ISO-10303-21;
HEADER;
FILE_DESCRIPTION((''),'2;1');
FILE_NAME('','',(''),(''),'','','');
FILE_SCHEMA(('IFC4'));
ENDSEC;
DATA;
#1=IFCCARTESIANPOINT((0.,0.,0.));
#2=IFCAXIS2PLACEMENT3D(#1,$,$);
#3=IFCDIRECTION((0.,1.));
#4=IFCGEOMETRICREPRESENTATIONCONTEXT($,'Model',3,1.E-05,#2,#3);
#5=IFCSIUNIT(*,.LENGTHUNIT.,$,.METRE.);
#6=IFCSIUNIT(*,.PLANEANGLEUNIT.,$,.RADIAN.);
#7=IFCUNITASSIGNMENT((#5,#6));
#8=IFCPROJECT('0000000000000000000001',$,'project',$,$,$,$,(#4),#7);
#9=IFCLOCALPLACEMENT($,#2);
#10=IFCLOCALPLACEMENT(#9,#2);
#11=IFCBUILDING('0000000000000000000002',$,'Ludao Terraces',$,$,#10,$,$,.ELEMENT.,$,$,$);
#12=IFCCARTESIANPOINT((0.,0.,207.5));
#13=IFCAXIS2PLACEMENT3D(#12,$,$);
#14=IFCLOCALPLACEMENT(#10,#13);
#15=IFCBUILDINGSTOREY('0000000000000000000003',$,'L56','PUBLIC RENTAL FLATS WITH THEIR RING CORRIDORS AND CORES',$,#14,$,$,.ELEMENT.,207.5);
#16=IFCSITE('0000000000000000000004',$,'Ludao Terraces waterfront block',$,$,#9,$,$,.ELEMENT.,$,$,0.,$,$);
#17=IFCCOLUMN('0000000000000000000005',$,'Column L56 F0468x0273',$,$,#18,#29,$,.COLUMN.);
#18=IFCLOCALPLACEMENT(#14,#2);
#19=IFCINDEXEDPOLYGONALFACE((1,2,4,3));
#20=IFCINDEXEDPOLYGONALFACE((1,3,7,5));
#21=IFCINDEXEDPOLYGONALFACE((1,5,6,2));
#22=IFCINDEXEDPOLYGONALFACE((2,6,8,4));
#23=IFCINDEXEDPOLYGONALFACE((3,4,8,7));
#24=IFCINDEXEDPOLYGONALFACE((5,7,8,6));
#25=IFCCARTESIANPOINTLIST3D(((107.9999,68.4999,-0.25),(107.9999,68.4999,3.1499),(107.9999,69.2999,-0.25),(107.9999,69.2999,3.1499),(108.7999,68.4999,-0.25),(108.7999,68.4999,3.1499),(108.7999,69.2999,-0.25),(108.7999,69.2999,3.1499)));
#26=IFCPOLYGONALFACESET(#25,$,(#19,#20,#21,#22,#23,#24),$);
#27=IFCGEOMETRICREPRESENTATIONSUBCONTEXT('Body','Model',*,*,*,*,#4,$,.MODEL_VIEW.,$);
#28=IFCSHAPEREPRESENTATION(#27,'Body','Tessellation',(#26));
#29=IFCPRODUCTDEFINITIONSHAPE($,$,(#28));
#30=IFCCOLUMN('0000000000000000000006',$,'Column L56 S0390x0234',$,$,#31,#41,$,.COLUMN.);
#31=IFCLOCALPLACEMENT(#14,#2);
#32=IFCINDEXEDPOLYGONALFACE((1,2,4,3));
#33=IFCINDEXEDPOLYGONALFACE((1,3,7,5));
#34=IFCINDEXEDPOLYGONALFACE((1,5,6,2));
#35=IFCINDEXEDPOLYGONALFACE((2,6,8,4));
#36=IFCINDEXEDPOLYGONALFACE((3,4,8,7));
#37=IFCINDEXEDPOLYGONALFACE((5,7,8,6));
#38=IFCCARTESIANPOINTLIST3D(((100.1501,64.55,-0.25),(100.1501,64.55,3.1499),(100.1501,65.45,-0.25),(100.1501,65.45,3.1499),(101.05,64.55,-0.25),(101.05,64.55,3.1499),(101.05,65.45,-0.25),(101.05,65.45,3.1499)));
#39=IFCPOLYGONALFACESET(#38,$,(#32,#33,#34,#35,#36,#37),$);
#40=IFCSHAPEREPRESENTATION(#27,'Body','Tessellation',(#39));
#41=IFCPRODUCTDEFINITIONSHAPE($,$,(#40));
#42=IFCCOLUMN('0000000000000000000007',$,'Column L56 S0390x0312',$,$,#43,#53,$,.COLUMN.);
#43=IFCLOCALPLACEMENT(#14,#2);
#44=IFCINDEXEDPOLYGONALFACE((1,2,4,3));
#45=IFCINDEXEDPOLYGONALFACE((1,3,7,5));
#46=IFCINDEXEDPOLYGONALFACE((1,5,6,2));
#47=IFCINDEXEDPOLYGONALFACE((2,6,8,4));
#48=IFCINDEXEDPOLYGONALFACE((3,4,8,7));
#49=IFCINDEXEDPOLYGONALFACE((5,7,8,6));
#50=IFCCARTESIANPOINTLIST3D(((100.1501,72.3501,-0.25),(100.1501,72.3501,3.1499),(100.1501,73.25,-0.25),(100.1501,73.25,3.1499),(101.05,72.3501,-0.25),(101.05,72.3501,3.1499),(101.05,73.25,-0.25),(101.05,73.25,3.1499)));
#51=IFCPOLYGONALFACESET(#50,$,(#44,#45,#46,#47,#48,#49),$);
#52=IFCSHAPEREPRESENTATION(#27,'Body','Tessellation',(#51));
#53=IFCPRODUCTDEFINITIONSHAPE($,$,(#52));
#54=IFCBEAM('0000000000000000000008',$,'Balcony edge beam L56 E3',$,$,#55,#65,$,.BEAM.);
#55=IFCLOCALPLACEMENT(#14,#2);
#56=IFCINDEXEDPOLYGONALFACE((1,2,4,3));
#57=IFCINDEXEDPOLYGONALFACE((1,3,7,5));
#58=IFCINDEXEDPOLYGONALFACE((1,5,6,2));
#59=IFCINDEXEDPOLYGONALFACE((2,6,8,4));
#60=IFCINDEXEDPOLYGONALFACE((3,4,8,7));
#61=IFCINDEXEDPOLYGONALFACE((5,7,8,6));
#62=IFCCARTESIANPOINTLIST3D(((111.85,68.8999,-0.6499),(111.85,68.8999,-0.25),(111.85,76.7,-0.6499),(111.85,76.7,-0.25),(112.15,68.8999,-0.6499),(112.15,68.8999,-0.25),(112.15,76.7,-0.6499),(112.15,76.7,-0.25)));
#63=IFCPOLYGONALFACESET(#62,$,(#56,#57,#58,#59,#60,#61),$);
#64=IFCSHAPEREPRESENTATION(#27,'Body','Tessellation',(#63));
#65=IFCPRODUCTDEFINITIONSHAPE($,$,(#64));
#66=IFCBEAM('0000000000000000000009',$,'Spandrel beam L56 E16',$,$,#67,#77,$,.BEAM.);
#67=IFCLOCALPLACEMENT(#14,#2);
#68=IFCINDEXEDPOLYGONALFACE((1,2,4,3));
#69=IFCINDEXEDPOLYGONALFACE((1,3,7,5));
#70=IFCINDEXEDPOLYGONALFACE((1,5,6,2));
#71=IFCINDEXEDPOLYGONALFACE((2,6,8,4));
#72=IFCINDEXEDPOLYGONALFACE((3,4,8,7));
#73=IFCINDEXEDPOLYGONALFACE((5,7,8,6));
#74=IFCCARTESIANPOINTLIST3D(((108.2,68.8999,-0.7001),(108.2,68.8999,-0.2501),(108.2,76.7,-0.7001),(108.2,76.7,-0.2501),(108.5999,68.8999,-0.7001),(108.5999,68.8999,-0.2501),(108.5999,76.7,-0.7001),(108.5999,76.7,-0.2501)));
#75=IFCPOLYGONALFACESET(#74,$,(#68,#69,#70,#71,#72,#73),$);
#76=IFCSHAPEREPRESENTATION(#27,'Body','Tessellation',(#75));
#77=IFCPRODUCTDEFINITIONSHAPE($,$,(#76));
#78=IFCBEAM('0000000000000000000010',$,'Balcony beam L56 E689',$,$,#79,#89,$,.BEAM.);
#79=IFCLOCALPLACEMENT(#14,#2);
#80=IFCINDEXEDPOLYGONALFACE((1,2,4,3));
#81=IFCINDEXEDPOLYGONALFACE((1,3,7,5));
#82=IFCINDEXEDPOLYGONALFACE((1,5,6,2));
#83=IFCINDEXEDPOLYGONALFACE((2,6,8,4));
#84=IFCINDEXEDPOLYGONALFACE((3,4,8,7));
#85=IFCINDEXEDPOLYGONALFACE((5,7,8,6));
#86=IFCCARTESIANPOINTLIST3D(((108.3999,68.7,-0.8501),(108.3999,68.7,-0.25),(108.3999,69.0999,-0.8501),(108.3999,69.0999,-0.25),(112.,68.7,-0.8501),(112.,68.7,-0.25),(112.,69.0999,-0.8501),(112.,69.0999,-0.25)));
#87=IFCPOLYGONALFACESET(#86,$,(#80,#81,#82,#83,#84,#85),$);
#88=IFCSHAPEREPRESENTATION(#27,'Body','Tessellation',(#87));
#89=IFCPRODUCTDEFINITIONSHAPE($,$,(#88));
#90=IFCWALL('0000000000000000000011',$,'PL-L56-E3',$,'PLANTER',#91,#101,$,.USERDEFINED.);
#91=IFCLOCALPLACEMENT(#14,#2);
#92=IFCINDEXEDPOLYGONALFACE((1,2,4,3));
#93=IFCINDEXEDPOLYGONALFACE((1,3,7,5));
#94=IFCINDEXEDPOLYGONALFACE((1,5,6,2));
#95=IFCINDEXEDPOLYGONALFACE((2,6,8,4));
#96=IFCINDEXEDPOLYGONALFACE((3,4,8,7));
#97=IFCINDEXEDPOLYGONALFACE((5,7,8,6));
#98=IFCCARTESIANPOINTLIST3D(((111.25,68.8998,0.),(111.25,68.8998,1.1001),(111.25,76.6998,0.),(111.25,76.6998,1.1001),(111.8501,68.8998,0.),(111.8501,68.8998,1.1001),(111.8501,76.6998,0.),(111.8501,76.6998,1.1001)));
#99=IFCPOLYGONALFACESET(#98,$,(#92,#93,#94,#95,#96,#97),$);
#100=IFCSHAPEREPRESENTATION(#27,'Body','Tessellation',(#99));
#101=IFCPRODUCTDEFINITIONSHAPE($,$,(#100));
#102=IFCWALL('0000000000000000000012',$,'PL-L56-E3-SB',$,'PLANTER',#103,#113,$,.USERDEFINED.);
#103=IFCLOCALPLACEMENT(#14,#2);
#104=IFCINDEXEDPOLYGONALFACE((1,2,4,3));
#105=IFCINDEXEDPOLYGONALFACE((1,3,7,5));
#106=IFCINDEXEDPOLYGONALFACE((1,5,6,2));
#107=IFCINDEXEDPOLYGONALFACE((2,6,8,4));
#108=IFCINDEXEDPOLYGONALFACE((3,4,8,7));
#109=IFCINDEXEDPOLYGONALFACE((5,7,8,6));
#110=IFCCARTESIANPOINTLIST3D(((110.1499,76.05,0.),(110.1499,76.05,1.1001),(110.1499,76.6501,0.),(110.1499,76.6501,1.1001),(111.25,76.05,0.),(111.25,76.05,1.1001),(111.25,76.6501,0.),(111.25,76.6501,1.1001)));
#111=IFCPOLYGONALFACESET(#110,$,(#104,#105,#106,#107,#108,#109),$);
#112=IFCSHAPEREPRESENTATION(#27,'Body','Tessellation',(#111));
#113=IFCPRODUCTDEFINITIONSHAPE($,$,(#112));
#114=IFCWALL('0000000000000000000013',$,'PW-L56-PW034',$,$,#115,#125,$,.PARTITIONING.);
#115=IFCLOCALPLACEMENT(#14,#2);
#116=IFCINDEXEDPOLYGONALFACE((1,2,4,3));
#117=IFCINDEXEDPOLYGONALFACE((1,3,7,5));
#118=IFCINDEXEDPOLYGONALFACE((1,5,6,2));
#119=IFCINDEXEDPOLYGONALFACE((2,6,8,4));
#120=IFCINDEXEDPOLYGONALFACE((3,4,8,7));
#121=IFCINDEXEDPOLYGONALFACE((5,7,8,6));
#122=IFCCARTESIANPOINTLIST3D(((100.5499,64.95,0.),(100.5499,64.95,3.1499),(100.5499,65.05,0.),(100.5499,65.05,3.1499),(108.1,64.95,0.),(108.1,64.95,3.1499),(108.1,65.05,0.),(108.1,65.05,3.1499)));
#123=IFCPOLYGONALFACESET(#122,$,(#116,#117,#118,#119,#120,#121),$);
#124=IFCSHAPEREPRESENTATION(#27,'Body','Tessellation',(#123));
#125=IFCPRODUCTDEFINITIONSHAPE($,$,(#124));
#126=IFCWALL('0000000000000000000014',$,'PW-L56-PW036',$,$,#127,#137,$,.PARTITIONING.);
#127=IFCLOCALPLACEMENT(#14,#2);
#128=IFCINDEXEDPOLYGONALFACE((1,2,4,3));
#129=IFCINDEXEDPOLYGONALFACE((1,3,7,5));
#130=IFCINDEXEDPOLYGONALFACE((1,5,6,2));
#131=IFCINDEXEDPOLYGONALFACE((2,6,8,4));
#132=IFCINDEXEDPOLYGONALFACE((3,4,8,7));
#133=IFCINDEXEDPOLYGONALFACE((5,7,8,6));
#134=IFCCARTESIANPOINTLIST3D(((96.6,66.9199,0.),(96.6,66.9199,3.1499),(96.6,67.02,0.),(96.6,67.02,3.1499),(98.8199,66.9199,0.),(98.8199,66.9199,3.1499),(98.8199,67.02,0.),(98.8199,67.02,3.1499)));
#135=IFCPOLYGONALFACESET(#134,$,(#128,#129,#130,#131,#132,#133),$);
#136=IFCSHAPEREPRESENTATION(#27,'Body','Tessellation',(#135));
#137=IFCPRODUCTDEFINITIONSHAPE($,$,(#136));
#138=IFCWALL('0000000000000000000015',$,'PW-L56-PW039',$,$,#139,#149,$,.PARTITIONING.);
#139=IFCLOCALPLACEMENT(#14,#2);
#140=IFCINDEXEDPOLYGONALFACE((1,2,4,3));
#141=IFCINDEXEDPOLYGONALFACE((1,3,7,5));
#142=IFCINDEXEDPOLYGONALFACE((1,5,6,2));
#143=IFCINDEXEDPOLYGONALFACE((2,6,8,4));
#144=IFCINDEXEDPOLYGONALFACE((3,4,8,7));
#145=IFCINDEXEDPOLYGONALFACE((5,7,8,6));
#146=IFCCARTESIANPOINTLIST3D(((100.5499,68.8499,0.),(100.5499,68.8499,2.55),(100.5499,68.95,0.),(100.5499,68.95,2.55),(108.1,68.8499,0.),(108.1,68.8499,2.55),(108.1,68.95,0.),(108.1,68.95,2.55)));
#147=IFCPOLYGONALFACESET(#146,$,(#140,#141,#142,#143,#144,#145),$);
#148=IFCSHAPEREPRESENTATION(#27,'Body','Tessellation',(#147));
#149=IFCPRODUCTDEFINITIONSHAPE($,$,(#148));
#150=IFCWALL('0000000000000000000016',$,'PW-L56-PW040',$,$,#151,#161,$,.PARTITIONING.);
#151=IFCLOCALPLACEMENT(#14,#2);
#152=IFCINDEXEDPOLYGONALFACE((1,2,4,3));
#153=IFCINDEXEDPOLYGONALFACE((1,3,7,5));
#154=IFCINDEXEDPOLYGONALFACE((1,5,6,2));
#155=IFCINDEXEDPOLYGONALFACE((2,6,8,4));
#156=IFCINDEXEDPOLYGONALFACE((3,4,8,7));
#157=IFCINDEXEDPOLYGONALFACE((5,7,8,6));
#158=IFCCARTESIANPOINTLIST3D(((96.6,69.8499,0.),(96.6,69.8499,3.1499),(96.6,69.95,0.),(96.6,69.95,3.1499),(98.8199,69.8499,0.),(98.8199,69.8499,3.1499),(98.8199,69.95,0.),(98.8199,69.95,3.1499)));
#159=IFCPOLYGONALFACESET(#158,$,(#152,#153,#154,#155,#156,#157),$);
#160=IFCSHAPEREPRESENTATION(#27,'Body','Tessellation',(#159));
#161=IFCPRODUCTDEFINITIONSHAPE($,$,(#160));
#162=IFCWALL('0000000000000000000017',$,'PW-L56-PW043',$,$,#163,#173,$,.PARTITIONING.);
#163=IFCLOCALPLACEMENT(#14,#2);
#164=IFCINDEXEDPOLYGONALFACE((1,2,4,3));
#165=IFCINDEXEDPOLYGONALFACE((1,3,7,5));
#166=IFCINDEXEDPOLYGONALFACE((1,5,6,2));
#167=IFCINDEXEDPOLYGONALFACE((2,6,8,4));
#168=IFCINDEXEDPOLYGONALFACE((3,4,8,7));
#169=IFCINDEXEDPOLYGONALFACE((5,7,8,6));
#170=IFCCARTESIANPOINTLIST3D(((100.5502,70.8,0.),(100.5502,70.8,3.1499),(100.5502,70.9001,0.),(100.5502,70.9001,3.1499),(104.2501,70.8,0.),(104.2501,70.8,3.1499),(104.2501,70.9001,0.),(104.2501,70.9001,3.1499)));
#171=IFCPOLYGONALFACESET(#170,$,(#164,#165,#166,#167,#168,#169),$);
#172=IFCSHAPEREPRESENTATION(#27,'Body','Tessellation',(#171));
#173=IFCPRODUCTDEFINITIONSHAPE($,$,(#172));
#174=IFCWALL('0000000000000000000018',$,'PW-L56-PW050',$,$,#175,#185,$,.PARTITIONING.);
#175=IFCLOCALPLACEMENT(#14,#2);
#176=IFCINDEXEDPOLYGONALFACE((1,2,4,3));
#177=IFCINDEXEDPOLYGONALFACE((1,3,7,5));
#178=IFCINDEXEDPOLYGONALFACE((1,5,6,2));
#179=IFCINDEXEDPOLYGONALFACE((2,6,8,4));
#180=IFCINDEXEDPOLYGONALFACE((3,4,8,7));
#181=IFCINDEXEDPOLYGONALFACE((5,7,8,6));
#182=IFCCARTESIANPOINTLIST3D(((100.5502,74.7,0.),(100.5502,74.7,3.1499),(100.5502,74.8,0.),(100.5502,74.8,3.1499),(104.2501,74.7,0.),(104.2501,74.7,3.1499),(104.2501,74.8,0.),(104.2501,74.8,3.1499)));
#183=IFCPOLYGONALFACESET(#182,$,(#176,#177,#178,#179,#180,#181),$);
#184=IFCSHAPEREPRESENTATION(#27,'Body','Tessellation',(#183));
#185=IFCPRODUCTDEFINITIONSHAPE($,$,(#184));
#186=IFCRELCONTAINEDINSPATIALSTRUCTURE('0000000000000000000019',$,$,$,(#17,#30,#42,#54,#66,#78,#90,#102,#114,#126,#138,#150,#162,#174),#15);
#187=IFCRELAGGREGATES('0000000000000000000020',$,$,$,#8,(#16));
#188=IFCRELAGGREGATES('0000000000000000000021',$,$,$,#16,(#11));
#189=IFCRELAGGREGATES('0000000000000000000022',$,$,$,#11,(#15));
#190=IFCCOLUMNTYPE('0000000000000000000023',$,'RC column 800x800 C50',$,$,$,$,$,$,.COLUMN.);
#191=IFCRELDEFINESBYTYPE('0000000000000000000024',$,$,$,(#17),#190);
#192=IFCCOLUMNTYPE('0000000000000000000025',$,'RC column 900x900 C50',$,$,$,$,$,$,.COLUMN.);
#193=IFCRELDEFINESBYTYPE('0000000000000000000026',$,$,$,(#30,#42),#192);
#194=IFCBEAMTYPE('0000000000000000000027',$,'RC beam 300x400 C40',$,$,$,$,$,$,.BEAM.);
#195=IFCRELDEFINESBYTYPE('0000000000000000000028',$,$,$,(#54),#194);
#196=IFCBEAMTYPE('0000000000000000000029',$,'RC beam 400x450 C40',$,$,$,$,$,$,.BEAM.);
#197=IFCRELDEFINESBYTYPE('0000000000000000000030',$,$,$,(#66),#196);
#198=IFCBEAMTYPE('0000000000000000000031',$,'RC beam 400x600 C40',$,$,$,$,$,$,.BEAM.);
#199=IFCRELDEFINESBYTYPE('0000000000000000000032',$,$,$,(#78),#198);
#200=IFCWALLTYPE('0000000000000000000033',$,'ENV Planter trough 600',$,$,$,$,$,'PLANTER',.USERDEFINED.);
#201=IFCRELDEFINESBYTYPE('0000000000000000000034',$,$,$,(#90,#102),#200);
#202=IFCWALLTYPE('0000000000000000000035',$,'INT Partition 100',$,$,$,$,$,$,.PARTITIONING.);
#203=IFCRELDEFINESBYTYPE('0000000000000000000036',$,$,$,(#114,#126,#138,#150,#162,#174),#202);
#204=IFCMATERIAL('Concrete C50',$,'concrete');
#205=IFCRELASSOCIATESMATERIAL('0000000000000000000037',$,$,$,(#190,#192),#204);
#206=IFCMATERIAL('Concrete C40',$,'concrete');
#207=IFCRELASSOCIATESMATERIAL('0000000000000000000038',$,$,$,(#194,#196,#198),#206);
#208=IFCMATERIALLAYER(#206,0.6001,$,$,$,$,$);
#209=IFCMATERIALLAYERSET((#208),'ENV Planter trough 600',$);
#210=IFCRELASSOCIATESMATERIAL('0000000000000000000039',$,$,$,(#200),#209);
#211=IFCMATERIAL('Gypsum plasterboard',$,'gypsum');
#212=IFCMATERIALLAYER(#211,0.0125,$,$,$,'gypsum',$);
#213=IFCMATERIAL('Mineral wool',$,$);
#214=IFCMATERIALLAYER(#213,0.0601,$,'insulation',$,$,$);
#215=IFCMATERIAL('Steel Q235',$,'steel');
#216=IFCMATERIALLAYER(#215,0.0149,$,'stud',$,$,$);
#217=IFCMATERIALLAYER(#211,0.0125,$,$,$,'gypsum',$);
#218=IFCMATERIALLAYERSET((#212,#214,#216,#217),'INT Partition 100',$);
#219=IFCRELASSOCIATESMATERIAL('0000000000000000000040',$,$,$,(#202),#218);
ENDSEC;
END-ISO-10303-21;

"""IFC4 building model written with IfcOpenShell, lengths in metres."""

from ifc_helpers import new_model, si_unit, direction, frame, frame_2d, origin, origin_2d, place, context, subcontext, project, spatial, rectangle, extrude, material, layer, layer_set, material_profile, profile_set, type_object, element, save


model = new_model("IFC4")

# Units and contexts
model_context = context("Model", 3, precision=1e-05, world=origin(), true_north=direction((0.0, 1.0)))
body_context = subcontext(model_context, "Body", "Model", "MODEL_VIEW")
ifc_project = project(units=[si_unit("LENGTHUNIT", "METRE"), si_unit("PLANEANGLEUNIT", "RADIAN")], contexts=[model_context])

# Site, building, storey
site_placement = place(None, origin())
site = spatial("IfcSite", under=ifc_project, at=site_placement, Name="Ludao Terraces waterfront block", CompositionType="ELEMENT", RefElevation=0.0)
building_placement = place(site_placement, origin())
building = spatial("IfcBuilding", under=site, at=building_placement, Name="Ludao Terraces", CompositionType="ELEMENT")
storey_placement = place(building_placement, frame((0.0, 0.0, 207.5)))
storey = spatial("IfcBuildingStorey", under=building, at=storey_placement, Name="L56", Description="PUBLIC RENTAL FLATS WITH THEIR RING CORRIDORS AND CORES", CompositionType="ELEMENT", Elevation=207.5)

# Columns
ifc_material_1 = material(Name="Concrete C50", Category="concrete")
ifc_material_profile_1 = material_profile(ifc_material_1, rectangle(XDim=0.8, YDim=0.8, at=origin_2d()), Name="800 X 800")
ifc_profile_set_1 = profile_set([ifc_material_profile_1], Name="Concrete C50")
column_type_1 = type_object("IfcColumnType", Name="RC column 800x800 C50", PredefinedType="COLUMN", material=ifc_profile_set_1)
column_placement = place(storey_placement, frame((108.3999, 68.8999, -0.25), z_axis=(0.0, 0.0, 1.0), x_axis=(1.0, 0.0, 0.0)))
element("IfcColumn", 1, at=column_placement, inside=storey, type_object=column_type_1, Name="Column L56 F0468x0273", PredefinedType="COLUMN", context=body_context, shape_type="SweptSolid", body=[
    extrude(rectangle(XDim=0.8, YDim=0.8, at=origin_2d()), origin(), (0.0, 0.0, 1.0), 3.3999),
])
ifc_material_profile_2 = material_profile(ifc_material_1, rectangle(XDim=0.8999, YDim=0.8999, at=origin_2d()), Name="900 X 900")
ifc_profile_set_2 = profile_set([ifc_material_profile_2], Name="Concrete C50")
column_type_2 = type_object("IfcColumnType", Name="RC column 900x900 C50", PredefinedType="COLUMN", material=ifc_profile_set_2)
for number, where, z_axis, x_axis, name in (
    (2, (100.6001, 65.0, -0.25), (0.0, 0.0, 1.0), (1.0, 0.0, 0.0), "Column L56 S0390x0234"),
    (3, (100.6001, 72.8, -0.25), (0.0, 0.0, 1.0), (1.0, 0.0, 0.0), "Column L56 S0390x0312"),
):
    element("IfcColumn", number, at=place(storey_placement, frame(where, z_axis=z_axis, x_axis=x_axis)), inside=storey, type_object=column_type_2, Name=name, PredefinedType="COLUMN", context=body_context, shape_type="SweptSolid", body=[
        extrude(rectangle(XDim=0.8999, YDim=0.8999, at=origin_2d()), origin(), (0.0, 0.0, 1.0), 3.3999),
    ])

# Beams
ifc_material_2 = material(Name="Concrete C40", Category="concrete")
ifc_material_profile_3 = material_profile(ifc_material_2, rectangle(XDim=0.3, YDim=0.3999, at=origin_2d()), Name="300 X 400")
ifc_profile_set_3 = profile_set([ifc_material_profile_3], Name="Concrete C40")
beam_type_1 = type_object("IfcBeamType", Name="RC beam 300x400 C40", PredefinedType="BEAM", material=ifc_profile_set_3)
beam_1_placement = place(storey_placement, frame((112.0, 68.8999, -0.45), z_axis=(0.0, 1.0, 0.0), x_axis=(-1.0, 0.0, 0.0)))
element("IfcBeam", 4, at=beam_1_placement, inside=storey, type_object=beam_type_1, Name="Balcony edge beam L56 E3", PredefinedType="BEAM", context=body_context, shape_type="SweptSolid", body=[
    extrude(rectangle(XDim=0.3, YDim=0.3999, at=origin_2d()), origin(), (0.0, 0.0, 1.0), 7.8),
])
ifc_material_profile_4 = material_profile(ifc_material_2, rectangle(XDim=0.3999, YDim=0.45, at=origin_2d()), Name="400 X 450")
ifc_profile_set_4 = profile_set([ifc_material_profile_4], Name="Concrete C40")
beam_type_2 = type_object("IfcBeamType", Name="RC beam 400x450 C40", PredefinedType="BEAM", material=ifc_profile_set_4)
beam_2_placement = place(storey_placement, frame((108.3999, 68.8999, -0.4751), z_axis=(0.0, 1.0, 0.0), x_axis=(-1.0, 0.0, 0.0)))
element("IfcBeam", 5, at=beam_2_placement, inside=storey, type_object=beam_type_2, Name="Spandrel beam L56 E16", PredefinedType="BEAM", context=body_context, shape_type="SweptSolid", body=[
    extrude(rectangle(XDim=0.3999, YDim=0.45, at=origin_2d()), origin(), (0.0, 0.0, 1.0), 7.8),
])
ifc_material_profile_5 = material_profile(ifc_material_2, rectangle(XDim=0.3999, YDim=0.6001, at=origin_2d()), Name="400 X 600")
ifc_profile_set_5 = profile_set([ifc_material_profile_5], Name="Concrete C40")
beam_type_3 = type_object("IfcBeamType", Name="RC beam 400x600 C40", PredefinedType="BEAM", material=ifc_profile_set_5)
beam_3_placement = place(storey_placement, frame((108.3999, 68.8999, -0.55), z_axis=(1.0, 0.0, 0.0), x_axis=(0.0, 1.0, 0.0)))
element("IfcBeam", 6, at=beam_3_placement, inside=storey, type_object=beam_type_3, Name="Balcony beam L56 E689", PredefinedType="BEAM", context=body_context, shape_type="SweptSolid", body=[
    extrude(rectangle(XDim=0.3999, YDim=0.6001, at=origin_2d()), origin(), (0.0, 0.0, 1.0), 3.6001),
])

# Walls
ifc_layer_1 = layer(ifc_material_2, 0.6001)
ifc_layer_set_1 = layer_set([ifc_layer_1], Name="ENV Planter trough 600")
wall_type_1 = type_object("IfcWallType", Name="ENV Planter trough 600", ElementType="PLANTER", PredefinedType="USERDEFINED", material=ifc_layer_set_1)
wall_1_placement = place(storey_placement, frame((111.55, 68.8999, 0.0), z_axis=(0.0, 0.0, 1.0), x_axis=(0.0, 1.0, 0.0)))
element("IfcWall", 7, at=wall_1_placement, inside=storey, type_object=wall_type_1, Name="PL-L56-E3", ObjectType="PLANTER", PredefinedType="USERDEFINED", context=body_context, shape_type="SweptSolid", body=[
    extrude(rectangle(XDim=7.8, YDim=0.6001, at=frame_2d((3.8999, 0.0))), origin(), (0.0, 0.0, 1.0), 1.1001),
])
wall_2_placement = place(storey_placement, frame((111.25, 76.3501, 0.0), z_axis=(0.0, 0.0, 1.0), x_axis=(-1.0, 0.0, 0.0)))
element("IfcWall", 8, at=wall_2_placement, inside=storey, type_object=wall_type_1, Name="PL-L56-E3-SB", ObjectType="PLANTER", PredefinedType="USERDEFINED", context=body_context, shape_type="SweptSolid", body=[
    extrude(rectangle(XDim=1.1001, YDim=0.6001, at=frame_2d((0.55, 0.0))), origin(), (0.0, 0.0, 1.0), 1.1001),
])

# Shared definitions
ifc_material_3 = material(Name="Mineral wool")

# Walls
ifc_material_4 = material(Name="Gypsum plasterboard", Category="gypsum")
ifc_layer_2 = layer(ifc_material_4, 0.0125, Category="gypsum")
ifc_layer_3 = layer(ifc_material_3, 0.0601, Name="insulation")
ifc_material_5 = material(Name="Steel Q235", Category="steel")
ifc_layer_4 = layer(ifc_material_5, 0.0149, Name="stud")
ifc_layer_5 = layer(ifc_material_4, 0.0125, Category="gypsum")
ifc_layer_set_2 = layer_set([ifc_layer_2, ifc_layer_3, ifc_layer_4, ifc_layer_5], Name="INT Partition 100")
wall_type_2 = type_object("IfcWallType", Name="INT Partition 100", PredefinedType="PARTITIONING", material=ifc_layer_set_2)
wall_3_placement = place(storey_placement, frame((100.55, 65.0, 0.0), z_axis=(0.0, 0.0, 1.0), x_axis=(1.0, 0.0, 0.0)))
element("IfcWall", 9, at=wall_3_placement, inside=storey, type_object=wall_type_2, Name="PW-L56-PW034", PredefinedType="PARTITIONING", context=body_context, shape_type="SweptSolid", body=[
    extrude(rectangle(XDim=7.55, YDim=0.1001, at=frame_2d((3.7749, 0.0))), origin(), (0.0, 0.0, 1.0), 3.1499),
])
wall_4_placement = place(storey_placement, frame((96.6001, 66.97, 0.0), z_axis=(0.0, 0.0, 1.0), x_axis=(1.0, 0.0, 0.0)))
element("IfcWall", 10, at=wall_4_placement, inside=storey, type_object=wall_type_2, Name="PW-L56-PW036", PredefinedType="PARTITIONING", context=body_context, shape_type="SweptSolid", body=[
    extrude(rectangle(XDim=2.22, YDim=0.1001, at=frame_2d((1.1099, 0.0))), origin(), (0.0, 0.0, 1.0), 3.1499),
])
wall_5_placement = place(storey_placement, frame((100.55, 68.8999, 0.0), z_axis=(0.0, 0.0, 1.0), x_axis=(1.0, 0.0, 0.0)))
element("IfcWall", 11, at=wall_5_placement, inside=storey, type_object=wall_type_2, Name="PW-L56-PW039", PredefinedType="PARTITIONING", context=body_context, shape_type="SweptSolid", body=[
    extrude(rectangle(XDim=7.55, YDim=0.1001, at=frame_2d((3.7749, 0.0))), origin(), (0.0, 0.0, 1.0), 2.55),
])
wall_6_placement = place(storey_placement, frame((96.6001, 69.8999, 0.0), z_axis=(0.0, 0.0, 1.0), x_axis=(1.0, 0.0, 0.0)))
element("IfcWall", 12, at=wall_6_placement, inside=storey, type_object=wall_type_2, Name="PW-L56-PW040", PredefinedType="PARTITIONING", context=body_context, shape_type="SweptSolid", body=[
    extrude(rectangle(XDim=2.22, YDim=0.1001, at=frame_2d((1.1099, 0.0))), origin(), (0.0, 0.0, 1.0), 3.1499),
])
for number, where, z_axis, x_axis, name in (
    (13, (100.55, 70.8501, 0.0), (0.0, 0.0, 1.0), (1.0, 0.0, 0.0), "PW-L56-PW043"),
    (14, (100.55, 74.75, 0.0), (0.0, 0.0, 1.0), (1.0, 0.0, 0.0), "PW-L56-PW050"),
):
    element("IfcWall", number, at=place(storey_placement, frame(where, z_axis=z_axis, x_axis=x_axis)), inside=storey, type_object=wall_type_2, Name=name, PredefinedType="PARTITIONING", context=body_context, shape_type="SweptSolid", body=[
        extrude(rectangle(XDim=3.7, YDim=0.1001, at=frame_2d((1.8501, 0.0))), origin(), (0.0, 0.0, 1.0), 3.1499),
    ])

save(model, "model.ifc")
